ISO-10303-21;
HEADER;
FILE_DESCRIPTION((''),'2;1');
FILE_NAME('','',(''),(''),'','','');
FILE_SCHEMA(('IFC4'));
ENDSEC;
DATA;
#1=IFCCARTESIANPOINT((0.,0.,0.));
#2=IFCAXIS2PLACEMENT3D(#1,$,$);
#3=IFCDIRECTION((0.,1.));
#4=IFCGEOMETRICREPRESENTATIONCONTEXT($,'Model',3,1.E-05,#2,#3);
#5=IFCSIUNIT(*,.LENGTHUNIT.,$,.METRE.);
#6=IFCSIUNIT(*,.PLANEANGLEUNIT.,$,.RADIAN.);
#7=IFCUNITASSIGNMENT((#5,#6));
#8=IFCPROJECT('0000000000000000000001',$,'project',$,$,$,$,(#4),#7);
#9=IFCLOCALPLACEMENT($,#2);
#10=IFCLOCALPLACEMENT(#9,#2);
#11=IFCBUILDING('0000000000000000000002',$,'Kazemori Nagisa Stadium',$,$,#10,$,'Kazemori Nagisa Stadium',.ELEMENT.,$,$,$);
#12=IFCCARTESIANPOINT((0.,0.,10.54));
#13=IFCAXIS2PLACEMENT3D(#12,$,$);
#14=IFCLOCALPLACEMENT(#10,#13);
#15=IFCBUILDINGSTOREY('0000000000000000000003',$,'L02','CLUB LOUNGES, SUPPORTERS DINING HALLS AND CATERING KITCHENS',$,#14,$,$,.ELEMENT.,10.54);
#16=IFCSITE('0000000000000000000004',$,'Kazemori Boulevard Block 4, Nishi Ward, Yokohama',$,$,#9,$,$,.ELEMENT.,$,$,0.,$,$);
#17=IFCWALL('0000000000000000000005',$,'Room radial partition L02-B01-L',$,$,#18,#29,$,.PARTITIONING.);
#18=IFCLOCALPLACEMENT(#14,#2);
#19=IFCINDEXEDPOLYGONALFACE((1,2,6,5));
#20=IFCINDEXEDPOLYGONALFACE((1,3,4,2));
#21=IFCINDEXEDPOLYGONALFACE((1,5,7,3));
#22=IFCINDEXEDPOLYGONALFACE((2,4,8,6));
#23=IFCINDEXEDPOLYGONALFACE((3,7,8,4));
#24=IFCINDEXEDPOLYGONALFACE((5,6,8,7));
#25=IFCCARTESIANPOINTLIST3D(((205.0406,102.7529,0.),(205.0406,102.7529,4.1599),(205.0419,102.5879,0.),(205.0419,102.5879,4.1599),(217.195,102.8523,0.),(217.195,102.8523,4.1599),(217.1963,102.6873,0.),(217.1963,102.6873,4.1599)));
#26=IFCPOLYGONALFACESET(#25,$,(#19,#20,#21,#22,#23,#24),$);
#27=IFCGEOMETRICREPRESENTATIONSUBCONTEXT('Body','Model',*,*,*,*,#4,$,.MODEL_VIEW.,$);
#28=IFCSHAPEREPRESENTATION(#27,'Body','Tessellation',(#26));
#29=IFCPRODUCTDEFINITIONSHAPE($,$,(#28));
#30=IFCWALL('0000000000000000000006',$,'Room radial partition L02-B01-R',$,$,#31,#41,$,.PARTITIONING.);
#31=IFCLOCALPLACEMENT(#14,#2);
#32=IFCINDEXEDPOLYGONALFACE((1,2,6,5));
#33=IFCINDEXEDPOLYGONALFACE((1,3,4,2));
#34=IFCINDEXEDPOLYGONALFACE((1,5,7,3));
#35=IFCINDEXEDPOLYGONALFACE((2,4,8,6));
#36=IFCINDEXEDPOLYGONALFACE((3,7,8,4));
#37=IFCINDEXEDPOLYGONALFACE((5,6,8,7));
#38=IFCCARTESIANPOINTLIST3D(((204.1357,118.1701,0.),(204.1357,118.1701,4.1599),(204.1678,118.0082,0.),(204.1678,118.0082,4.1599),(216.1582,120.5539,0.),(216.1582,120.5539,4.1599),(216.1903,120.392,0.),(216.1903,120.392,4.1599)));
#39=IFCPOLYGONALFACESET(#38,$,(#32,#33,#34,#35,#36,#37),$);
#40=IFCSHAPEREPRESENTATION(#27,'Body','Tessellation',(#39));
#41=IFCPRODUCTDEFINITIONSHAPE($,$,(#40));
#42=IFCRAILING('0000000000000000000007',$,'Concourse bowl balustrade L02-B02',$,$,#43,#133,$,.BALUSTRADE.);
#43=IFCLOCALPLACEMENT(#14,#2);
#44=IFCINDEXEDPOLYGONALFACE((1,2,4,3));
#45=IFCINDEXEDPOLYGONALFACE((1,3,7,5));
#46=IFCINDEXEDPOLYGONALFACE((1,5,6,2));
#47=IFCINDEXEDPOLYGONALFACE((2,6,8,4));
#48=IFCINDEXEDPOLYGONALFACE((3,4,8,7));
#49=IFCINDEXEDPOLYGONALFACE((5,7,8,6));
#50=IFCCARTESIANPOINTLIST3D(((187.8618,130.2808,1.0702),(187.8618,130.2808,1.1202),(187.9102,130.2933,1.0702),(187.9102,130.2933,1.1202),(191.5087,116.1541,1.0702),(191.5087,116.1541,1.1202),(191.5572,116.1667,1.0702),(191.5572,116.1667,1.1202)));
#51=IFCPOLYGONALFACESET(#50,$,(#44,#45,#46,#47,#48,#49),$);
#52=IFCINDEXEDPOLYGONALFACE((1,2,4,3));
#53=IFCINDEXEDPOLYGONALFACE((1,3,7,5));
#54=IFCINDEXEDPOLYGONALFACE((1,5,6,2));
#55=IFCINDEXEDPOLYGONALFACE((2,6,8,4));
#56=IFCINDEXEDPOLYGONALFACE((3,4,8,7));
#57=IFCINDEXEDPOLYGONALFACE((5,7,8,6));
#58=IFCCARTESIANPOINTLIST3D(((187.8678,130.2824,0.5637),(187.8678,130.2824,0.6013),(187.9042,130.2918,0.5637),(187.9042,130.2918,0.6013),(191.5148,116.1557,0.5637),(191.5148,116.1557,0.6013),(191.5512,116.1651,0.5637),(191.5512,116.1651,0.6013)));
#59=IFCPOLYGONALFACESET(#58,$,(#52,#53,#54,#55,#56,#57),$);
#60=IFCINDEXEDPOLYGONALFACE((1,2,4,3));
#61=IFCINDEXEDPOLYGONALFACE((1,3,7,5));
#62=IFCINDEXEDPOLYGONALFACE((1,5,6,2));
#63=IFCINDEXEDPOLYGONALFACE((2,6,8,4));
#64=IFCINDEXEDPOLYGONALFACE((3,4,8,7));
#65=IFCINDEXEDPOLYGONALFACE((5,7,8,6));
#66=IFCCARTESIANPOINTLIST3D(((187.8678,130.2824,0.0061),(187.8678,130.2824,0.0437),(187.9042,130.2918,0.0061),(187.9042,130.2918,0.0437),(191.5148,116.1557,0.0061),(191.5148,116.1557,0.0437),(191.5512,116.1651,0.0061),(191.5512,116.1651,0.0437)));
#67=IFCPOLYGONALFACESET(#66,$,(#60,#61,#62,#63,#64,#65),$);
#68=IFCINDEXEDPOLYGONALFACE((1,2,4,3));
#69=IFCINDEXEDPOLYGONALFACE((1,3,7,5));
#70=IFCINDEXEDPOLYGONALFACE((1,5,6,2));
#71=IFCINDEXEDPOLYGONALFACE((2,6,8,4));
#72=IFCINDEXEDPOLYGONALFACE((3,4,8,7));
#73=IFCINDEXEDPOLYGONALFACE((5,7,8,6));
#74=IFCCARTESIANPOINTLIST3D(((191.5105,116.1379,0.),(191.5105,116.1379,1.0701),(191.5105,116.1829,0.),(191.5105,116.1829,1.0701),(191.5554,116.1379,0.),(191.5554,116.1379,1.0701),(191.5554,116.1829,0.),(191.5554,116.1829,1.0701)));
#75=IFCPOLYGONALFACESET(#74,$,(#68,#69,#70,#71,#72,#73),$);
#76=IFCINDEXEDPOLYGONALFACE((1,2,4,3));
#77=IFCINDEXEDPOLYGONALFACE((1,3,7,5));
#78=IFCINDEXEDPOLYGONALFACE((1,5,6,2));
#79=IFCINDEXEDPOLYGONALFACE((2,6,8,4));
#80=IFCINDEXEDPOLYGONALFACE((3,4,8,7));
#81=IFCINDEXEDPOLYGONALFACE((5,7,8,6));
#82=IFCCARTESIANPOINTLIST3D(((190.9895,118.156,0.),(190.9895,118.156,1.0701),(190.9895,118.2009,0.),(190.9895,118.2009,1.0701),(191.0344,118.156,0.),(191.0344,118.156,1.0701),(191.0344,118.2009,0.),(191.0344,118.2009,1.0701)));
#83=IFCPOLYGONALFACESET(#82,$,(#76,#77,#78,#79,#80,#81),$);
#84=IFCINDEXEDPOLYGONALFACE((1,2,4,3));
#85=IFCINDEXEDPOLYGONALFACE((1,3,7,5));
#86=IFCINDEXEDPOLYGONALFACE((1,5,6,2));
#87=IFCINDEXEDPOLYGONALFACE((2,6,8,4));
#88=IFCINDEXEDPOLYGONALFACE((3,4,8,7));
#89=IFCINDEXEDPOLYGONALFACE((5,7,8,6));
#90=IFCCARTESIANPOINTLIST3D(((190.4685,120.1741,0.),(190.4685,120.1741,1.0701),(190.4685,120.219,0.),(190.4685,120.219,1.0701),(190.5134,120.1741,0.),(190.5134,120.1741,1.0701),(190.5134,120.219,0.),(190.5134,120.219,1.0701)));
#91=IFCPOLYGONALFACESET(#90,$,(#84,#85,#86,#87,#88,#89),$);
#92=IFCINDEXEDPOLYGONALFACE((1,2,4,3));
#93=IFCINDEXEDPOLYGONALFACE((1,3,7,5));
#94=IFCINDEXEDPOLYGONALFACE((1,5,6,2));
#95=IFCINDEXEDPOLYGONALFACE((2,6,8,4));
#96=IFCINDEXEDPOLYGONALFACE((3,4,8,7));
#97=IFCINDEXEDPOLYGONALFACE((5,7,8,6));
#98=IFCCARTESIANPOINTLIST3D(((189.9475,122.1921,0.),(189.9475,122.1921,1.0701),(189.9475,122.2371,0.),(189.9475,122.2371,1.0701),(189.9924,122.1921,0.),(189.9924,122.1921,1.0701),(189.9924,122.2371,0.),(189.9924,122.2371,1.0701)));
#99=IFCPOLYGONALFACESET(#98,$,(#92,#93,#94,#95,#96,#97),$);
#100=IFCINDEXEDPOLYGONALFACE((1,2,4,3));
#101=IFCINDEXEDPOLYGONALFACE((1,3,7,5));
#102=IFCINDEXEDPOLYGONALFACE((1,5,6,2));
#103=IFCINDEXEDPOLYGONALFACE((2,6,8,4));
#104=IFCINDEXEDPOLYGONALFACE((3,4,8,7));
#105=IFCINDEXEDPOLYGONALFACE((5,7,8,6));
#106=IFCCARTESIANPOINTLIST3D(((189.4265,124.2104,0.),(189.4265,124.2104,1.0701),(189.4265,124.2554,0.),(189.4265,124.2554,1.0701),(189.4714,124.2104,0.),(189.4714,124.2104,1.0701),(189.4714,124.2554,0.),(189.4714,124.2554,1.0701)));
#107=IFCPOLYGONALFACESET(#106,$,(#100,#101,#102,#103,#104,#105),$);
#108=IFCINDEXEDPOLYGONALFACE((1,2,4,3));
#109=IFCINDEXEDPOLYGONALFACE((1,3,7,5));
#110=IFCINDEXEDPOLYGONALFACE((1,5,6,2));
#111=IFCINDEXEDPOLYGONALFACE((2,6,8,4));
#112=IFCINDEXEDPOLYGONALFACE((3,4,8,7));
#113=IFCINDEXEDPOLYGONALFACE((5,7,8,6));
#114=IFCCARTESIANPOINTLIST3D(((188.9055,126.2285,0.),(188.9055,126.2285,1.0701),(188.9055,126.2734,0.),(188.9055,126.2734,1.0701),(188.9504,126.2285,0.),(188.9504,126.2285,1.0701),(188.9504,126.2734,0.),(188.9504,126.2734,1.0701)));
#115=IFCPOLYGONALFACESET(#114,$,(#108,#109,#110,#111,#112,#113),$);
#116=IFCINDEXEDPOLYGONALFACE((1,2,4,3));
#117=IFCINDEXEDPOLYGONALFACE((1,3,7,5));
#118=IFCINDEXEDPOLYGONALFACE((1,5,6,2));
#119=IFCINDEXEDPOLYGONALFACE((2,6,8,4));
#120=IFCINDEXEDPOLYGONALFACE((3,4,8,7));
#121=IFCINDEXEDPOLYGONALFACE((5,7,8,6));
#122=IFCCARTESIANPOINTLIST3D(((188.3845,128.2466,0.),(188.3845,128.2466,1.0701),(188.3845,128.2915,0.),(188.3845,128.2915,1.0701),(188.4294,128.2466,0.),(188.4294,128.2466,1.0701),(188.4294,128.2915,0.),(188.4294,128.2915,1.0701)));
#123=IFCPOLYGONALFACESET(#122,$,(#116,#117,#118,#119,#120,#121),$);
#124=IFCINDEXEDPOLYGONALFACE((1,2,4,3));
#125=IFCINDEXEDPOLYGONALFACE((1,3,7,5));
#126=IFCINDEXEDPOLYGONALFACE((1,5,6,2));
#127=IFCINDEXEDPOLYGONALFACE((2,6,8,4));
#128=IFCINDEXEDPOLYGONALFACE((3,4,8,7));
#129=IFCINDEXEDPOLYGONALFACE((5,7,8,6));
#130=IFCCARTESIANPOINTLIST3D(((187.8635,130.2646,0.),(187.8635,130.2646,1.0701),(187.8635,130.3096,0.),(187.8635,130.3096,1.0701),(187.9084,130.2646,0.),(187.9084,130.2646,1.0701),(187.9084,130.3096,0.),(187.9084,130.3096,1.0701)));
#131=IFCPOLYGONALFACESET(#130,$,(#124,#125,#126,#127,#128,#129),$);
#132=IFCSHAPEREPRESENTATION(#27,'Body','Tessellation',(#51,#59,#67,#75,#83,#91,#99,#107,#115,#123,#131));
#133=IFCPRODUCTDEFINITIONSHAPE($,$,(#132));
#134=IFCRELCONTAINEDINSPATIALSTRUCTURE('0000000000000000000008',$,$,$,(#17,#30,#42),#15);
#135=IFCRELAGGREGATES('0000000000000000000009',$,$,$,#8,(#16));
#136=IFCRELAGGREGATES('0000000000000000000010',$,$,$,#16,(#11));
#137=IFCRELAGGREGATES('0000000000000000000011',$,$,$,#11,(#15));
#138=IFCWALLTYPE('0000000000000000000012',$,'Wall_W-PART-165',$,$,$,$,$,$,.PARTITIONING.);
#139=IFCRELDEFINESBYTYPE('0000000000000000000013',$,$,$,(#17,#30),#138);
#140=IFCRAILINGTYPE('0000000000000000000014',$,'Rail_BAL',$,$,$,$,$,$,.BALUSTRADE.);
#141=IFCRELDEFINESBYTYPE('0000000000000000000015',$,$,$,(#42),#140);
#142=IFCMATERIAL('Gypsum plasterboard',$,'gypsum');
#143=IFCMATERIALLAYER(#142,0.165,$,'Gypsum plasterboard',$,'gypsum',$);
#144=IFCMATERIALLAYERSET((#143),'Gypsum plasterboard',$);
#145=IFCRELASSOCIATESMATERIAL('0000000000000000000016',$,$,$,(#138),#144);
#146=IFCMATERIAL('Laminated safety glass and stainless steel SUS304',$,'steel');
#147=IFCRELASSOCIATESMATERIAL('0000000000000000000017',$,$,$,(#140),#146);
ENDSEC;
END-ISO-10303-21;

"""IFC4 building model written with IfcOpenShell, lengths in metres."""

from ifc_helpers import new_model, si_unit, direction, frame, frame_2d, origin, origin_2d, place, context, subcontext, project, spatial, rectangle, extrude, material, layer, layer_set, type_object, element, save


model = new_model("IFC4")

# Units and contexts
model_context = context("Model", 3, precision=1e-05, world=origin(), true_north=direction((0.0, 1.0)))
body_context = subcontext(model_context, "Body", "Model", "MODEL_VIEW")
ifc_project = project(units=[si_unit("LENGTHUNIT", "METRE"), si_unit("PLANEANGLEUNIT", "RADIAN")], contexts=[model_context])

# Site, building, storey
site_placement = place(None, origin())
site = spatial("IfcSite", under=ifc_project, at=site_placement, Name="Kazemori Boulevard Block 4, Nishi Ward, Yokohama", CompositionType="ELEMENT", RefElevation=0.0)
building_placement = place(site_placement, origin())
building = spatial("IfcBuilding", under=site, at=building_placement, Name="Kazemori Nagisa Stadium", LongName="Kazemori Nagisa Stadium", CompositionType="ELEMENT")
storey_placement = place(building_placement, frame((0.0, 0.0, 10.54)))
storey = spatial("IfcBuildingStorey", under=building, at=storey_placement, Name="L02", Description="CLUB LOUNGES, SUPPORTERS DINING HALLS AND CATERING KITCHENS", CompositionType="ELEMENT", Elevation=10.54)

# Shared definitions
ifc_material_1 = material(Name="Gypsum plasterboard", Category="gypsum")
ifc_layer_1 = layer(ifc_material_1, 0.165, Name="Gypsum plasterboard", Category="gypsum")
ifc_layer_set_1 = layer_set([ifc_layer_1], Name="Gypsum plasterboard")
wall_type_1 = type_object("IfcWallType", Name="Wall_W-PART-165", PredefinedType="PARTITIONING", material=ifc_layer_set_1)

# Walls
wall_1_placement = place(storey_placement, frame((205.0413, 102.6704, 0.0), z_axis=(0.0, 0.0, 1.0), x_axis=(0.999967, 0.008175, 0.0)))
element("IfcWall", 1, at=wall_1_placement, inside=storey, type_object=wall_type_1, Name="Room radial partition L02-B01-L", PredefinedType="PARTITIONING", context=body_context, shape_type="SweptSolid", body=[
    extrude(rectangle(XDim=12.1548, YDim=0.165, at=frame_2d((6.0774, 0.0))), origin(), (0.0, 0.0, 1.0), 4.1599),
])
wall_2_placement = place(storey_placement, frame((204.1516, 118.0891, 0.0), z_axis=(0.0, 0.0, 1.0), x_axis=(0.980904, 0.194492, 0.0)))
element("IfcWall", 2, at=wall_2_placement, inside=storey, type_object=wall_type_1, Name="Room radial partition L02-B01-R", PredefinedType="PARTITIONING", context=body_context, shape_type="SweptSolid", body=[
    extrude(rectangle(XDim=12.2566, YDim=0.165, at=frame_2d((6.1284, 0.0))), origin(), (0.0, 0.0, 1.0), 4.1599),
])

# Railing
ifc_material_2 = material(Name="Laminated safety glass and stainless steel SUS304", Category="steel")
railing_type = type_object("IfcRailingType", Name="Rail_BAL", PredefinedType="BALUSTRADE", material=ifc_material_2)
railing_placement = place(storey_placement, frame((191.533, 116.1604, 0.0)))
element("IfcRailing", 3, at=railing_placement, inside=storey, type_object=railing_type, Name="Concourse bowl balustrade L02-B02", PredefinedType="BALUSTRADE", context=body_context, shape_type="SweptSolid", body=[
    extrude(rectangle(XDim=0.05, YDim=0.05, at=origin_2d()), frame((0.0, 0.0, 1.0952), z_axis=(-0.249966, 0.968255, 0.0), x_axis=(-0.968255, -0.249966, 0.0)), (0.0, 0.0, 1.0), 14.5898),
    extrude(rectangle(XDim=0.0376, YDim=0.0376, at=origin_2d()), frame((0.0, 0.0, 0.5825), z_axis=(-0.249966, 0.968255, 0.0), x_axis=(-0.968255, -0.249966, 0.0)), (0.0, 0.0, 1.0), 14.5898),
    extrude(rectangle(XDim=0.0376, YDim=0.0376, at=origin_2d()), frame((0.0, 0.0, 0.0249), z_axis=(-0.249966, 0.968255, 0.0), x_axis=(-0.968255, -0.249966, 0.0)), (0.0, 0.0, 1.0), 14.5898),
    extrude(rectangle(XDim=0.0449, YDim=0.0449, at=origin_2d()), origin(), (0.0, 0.0, 1.0), 1.0701),
    extrude(rectangle(XDim=0.0449, YDim=0.0449, at=origin_2d()), frame((-0.521, 2.0181, 0.0)), (0.0, 0.0, 1.0), 1.0701),
    extrude(rectangle(XDim=0.0449, YDim=0.0449, at=origin_2d()), frame((-1.042, 4.0361, 0.0)), (0.0, 0.0, 1.0), 1.0701),
    extrude(rectangle(XDim=0.0449, YDim=0.0449, at=origin_2d()), frame((-1.563, 6.0542, 0.0)), (0.0, 0.0, 1.0), 1.0701),
    extrude(rectangle(XDim=0.0449, YDim=0.0449, at=origin_2d()), frame((-2.084, 8.0725, 0.0)), (0.0, 0.0, 1.0), 1.0701),
    extrude(rectangle(XDim=0.0449, YDim=0.0449, at=origin_2d()), frame((-2.605, 10.0906, 0.0)), (0.0, 0.0, 1.0), 1.0701),
    extrude(rectangle(XDim=0.0449, YDim=0.0449, at=origin_2d()), frame((-3.126, 12.1086, 0.0)), (0.0, 0.0, 1.0), 1.0701),
    extrude(rectangle(XDim=0.0449, YDim=0.0449, at=origin_2d()), frame((-3.647, 14.1267, 0.0)), (0.0, 0.0, 1.0), 1.0701),
])

save(model, "model.ifc")
